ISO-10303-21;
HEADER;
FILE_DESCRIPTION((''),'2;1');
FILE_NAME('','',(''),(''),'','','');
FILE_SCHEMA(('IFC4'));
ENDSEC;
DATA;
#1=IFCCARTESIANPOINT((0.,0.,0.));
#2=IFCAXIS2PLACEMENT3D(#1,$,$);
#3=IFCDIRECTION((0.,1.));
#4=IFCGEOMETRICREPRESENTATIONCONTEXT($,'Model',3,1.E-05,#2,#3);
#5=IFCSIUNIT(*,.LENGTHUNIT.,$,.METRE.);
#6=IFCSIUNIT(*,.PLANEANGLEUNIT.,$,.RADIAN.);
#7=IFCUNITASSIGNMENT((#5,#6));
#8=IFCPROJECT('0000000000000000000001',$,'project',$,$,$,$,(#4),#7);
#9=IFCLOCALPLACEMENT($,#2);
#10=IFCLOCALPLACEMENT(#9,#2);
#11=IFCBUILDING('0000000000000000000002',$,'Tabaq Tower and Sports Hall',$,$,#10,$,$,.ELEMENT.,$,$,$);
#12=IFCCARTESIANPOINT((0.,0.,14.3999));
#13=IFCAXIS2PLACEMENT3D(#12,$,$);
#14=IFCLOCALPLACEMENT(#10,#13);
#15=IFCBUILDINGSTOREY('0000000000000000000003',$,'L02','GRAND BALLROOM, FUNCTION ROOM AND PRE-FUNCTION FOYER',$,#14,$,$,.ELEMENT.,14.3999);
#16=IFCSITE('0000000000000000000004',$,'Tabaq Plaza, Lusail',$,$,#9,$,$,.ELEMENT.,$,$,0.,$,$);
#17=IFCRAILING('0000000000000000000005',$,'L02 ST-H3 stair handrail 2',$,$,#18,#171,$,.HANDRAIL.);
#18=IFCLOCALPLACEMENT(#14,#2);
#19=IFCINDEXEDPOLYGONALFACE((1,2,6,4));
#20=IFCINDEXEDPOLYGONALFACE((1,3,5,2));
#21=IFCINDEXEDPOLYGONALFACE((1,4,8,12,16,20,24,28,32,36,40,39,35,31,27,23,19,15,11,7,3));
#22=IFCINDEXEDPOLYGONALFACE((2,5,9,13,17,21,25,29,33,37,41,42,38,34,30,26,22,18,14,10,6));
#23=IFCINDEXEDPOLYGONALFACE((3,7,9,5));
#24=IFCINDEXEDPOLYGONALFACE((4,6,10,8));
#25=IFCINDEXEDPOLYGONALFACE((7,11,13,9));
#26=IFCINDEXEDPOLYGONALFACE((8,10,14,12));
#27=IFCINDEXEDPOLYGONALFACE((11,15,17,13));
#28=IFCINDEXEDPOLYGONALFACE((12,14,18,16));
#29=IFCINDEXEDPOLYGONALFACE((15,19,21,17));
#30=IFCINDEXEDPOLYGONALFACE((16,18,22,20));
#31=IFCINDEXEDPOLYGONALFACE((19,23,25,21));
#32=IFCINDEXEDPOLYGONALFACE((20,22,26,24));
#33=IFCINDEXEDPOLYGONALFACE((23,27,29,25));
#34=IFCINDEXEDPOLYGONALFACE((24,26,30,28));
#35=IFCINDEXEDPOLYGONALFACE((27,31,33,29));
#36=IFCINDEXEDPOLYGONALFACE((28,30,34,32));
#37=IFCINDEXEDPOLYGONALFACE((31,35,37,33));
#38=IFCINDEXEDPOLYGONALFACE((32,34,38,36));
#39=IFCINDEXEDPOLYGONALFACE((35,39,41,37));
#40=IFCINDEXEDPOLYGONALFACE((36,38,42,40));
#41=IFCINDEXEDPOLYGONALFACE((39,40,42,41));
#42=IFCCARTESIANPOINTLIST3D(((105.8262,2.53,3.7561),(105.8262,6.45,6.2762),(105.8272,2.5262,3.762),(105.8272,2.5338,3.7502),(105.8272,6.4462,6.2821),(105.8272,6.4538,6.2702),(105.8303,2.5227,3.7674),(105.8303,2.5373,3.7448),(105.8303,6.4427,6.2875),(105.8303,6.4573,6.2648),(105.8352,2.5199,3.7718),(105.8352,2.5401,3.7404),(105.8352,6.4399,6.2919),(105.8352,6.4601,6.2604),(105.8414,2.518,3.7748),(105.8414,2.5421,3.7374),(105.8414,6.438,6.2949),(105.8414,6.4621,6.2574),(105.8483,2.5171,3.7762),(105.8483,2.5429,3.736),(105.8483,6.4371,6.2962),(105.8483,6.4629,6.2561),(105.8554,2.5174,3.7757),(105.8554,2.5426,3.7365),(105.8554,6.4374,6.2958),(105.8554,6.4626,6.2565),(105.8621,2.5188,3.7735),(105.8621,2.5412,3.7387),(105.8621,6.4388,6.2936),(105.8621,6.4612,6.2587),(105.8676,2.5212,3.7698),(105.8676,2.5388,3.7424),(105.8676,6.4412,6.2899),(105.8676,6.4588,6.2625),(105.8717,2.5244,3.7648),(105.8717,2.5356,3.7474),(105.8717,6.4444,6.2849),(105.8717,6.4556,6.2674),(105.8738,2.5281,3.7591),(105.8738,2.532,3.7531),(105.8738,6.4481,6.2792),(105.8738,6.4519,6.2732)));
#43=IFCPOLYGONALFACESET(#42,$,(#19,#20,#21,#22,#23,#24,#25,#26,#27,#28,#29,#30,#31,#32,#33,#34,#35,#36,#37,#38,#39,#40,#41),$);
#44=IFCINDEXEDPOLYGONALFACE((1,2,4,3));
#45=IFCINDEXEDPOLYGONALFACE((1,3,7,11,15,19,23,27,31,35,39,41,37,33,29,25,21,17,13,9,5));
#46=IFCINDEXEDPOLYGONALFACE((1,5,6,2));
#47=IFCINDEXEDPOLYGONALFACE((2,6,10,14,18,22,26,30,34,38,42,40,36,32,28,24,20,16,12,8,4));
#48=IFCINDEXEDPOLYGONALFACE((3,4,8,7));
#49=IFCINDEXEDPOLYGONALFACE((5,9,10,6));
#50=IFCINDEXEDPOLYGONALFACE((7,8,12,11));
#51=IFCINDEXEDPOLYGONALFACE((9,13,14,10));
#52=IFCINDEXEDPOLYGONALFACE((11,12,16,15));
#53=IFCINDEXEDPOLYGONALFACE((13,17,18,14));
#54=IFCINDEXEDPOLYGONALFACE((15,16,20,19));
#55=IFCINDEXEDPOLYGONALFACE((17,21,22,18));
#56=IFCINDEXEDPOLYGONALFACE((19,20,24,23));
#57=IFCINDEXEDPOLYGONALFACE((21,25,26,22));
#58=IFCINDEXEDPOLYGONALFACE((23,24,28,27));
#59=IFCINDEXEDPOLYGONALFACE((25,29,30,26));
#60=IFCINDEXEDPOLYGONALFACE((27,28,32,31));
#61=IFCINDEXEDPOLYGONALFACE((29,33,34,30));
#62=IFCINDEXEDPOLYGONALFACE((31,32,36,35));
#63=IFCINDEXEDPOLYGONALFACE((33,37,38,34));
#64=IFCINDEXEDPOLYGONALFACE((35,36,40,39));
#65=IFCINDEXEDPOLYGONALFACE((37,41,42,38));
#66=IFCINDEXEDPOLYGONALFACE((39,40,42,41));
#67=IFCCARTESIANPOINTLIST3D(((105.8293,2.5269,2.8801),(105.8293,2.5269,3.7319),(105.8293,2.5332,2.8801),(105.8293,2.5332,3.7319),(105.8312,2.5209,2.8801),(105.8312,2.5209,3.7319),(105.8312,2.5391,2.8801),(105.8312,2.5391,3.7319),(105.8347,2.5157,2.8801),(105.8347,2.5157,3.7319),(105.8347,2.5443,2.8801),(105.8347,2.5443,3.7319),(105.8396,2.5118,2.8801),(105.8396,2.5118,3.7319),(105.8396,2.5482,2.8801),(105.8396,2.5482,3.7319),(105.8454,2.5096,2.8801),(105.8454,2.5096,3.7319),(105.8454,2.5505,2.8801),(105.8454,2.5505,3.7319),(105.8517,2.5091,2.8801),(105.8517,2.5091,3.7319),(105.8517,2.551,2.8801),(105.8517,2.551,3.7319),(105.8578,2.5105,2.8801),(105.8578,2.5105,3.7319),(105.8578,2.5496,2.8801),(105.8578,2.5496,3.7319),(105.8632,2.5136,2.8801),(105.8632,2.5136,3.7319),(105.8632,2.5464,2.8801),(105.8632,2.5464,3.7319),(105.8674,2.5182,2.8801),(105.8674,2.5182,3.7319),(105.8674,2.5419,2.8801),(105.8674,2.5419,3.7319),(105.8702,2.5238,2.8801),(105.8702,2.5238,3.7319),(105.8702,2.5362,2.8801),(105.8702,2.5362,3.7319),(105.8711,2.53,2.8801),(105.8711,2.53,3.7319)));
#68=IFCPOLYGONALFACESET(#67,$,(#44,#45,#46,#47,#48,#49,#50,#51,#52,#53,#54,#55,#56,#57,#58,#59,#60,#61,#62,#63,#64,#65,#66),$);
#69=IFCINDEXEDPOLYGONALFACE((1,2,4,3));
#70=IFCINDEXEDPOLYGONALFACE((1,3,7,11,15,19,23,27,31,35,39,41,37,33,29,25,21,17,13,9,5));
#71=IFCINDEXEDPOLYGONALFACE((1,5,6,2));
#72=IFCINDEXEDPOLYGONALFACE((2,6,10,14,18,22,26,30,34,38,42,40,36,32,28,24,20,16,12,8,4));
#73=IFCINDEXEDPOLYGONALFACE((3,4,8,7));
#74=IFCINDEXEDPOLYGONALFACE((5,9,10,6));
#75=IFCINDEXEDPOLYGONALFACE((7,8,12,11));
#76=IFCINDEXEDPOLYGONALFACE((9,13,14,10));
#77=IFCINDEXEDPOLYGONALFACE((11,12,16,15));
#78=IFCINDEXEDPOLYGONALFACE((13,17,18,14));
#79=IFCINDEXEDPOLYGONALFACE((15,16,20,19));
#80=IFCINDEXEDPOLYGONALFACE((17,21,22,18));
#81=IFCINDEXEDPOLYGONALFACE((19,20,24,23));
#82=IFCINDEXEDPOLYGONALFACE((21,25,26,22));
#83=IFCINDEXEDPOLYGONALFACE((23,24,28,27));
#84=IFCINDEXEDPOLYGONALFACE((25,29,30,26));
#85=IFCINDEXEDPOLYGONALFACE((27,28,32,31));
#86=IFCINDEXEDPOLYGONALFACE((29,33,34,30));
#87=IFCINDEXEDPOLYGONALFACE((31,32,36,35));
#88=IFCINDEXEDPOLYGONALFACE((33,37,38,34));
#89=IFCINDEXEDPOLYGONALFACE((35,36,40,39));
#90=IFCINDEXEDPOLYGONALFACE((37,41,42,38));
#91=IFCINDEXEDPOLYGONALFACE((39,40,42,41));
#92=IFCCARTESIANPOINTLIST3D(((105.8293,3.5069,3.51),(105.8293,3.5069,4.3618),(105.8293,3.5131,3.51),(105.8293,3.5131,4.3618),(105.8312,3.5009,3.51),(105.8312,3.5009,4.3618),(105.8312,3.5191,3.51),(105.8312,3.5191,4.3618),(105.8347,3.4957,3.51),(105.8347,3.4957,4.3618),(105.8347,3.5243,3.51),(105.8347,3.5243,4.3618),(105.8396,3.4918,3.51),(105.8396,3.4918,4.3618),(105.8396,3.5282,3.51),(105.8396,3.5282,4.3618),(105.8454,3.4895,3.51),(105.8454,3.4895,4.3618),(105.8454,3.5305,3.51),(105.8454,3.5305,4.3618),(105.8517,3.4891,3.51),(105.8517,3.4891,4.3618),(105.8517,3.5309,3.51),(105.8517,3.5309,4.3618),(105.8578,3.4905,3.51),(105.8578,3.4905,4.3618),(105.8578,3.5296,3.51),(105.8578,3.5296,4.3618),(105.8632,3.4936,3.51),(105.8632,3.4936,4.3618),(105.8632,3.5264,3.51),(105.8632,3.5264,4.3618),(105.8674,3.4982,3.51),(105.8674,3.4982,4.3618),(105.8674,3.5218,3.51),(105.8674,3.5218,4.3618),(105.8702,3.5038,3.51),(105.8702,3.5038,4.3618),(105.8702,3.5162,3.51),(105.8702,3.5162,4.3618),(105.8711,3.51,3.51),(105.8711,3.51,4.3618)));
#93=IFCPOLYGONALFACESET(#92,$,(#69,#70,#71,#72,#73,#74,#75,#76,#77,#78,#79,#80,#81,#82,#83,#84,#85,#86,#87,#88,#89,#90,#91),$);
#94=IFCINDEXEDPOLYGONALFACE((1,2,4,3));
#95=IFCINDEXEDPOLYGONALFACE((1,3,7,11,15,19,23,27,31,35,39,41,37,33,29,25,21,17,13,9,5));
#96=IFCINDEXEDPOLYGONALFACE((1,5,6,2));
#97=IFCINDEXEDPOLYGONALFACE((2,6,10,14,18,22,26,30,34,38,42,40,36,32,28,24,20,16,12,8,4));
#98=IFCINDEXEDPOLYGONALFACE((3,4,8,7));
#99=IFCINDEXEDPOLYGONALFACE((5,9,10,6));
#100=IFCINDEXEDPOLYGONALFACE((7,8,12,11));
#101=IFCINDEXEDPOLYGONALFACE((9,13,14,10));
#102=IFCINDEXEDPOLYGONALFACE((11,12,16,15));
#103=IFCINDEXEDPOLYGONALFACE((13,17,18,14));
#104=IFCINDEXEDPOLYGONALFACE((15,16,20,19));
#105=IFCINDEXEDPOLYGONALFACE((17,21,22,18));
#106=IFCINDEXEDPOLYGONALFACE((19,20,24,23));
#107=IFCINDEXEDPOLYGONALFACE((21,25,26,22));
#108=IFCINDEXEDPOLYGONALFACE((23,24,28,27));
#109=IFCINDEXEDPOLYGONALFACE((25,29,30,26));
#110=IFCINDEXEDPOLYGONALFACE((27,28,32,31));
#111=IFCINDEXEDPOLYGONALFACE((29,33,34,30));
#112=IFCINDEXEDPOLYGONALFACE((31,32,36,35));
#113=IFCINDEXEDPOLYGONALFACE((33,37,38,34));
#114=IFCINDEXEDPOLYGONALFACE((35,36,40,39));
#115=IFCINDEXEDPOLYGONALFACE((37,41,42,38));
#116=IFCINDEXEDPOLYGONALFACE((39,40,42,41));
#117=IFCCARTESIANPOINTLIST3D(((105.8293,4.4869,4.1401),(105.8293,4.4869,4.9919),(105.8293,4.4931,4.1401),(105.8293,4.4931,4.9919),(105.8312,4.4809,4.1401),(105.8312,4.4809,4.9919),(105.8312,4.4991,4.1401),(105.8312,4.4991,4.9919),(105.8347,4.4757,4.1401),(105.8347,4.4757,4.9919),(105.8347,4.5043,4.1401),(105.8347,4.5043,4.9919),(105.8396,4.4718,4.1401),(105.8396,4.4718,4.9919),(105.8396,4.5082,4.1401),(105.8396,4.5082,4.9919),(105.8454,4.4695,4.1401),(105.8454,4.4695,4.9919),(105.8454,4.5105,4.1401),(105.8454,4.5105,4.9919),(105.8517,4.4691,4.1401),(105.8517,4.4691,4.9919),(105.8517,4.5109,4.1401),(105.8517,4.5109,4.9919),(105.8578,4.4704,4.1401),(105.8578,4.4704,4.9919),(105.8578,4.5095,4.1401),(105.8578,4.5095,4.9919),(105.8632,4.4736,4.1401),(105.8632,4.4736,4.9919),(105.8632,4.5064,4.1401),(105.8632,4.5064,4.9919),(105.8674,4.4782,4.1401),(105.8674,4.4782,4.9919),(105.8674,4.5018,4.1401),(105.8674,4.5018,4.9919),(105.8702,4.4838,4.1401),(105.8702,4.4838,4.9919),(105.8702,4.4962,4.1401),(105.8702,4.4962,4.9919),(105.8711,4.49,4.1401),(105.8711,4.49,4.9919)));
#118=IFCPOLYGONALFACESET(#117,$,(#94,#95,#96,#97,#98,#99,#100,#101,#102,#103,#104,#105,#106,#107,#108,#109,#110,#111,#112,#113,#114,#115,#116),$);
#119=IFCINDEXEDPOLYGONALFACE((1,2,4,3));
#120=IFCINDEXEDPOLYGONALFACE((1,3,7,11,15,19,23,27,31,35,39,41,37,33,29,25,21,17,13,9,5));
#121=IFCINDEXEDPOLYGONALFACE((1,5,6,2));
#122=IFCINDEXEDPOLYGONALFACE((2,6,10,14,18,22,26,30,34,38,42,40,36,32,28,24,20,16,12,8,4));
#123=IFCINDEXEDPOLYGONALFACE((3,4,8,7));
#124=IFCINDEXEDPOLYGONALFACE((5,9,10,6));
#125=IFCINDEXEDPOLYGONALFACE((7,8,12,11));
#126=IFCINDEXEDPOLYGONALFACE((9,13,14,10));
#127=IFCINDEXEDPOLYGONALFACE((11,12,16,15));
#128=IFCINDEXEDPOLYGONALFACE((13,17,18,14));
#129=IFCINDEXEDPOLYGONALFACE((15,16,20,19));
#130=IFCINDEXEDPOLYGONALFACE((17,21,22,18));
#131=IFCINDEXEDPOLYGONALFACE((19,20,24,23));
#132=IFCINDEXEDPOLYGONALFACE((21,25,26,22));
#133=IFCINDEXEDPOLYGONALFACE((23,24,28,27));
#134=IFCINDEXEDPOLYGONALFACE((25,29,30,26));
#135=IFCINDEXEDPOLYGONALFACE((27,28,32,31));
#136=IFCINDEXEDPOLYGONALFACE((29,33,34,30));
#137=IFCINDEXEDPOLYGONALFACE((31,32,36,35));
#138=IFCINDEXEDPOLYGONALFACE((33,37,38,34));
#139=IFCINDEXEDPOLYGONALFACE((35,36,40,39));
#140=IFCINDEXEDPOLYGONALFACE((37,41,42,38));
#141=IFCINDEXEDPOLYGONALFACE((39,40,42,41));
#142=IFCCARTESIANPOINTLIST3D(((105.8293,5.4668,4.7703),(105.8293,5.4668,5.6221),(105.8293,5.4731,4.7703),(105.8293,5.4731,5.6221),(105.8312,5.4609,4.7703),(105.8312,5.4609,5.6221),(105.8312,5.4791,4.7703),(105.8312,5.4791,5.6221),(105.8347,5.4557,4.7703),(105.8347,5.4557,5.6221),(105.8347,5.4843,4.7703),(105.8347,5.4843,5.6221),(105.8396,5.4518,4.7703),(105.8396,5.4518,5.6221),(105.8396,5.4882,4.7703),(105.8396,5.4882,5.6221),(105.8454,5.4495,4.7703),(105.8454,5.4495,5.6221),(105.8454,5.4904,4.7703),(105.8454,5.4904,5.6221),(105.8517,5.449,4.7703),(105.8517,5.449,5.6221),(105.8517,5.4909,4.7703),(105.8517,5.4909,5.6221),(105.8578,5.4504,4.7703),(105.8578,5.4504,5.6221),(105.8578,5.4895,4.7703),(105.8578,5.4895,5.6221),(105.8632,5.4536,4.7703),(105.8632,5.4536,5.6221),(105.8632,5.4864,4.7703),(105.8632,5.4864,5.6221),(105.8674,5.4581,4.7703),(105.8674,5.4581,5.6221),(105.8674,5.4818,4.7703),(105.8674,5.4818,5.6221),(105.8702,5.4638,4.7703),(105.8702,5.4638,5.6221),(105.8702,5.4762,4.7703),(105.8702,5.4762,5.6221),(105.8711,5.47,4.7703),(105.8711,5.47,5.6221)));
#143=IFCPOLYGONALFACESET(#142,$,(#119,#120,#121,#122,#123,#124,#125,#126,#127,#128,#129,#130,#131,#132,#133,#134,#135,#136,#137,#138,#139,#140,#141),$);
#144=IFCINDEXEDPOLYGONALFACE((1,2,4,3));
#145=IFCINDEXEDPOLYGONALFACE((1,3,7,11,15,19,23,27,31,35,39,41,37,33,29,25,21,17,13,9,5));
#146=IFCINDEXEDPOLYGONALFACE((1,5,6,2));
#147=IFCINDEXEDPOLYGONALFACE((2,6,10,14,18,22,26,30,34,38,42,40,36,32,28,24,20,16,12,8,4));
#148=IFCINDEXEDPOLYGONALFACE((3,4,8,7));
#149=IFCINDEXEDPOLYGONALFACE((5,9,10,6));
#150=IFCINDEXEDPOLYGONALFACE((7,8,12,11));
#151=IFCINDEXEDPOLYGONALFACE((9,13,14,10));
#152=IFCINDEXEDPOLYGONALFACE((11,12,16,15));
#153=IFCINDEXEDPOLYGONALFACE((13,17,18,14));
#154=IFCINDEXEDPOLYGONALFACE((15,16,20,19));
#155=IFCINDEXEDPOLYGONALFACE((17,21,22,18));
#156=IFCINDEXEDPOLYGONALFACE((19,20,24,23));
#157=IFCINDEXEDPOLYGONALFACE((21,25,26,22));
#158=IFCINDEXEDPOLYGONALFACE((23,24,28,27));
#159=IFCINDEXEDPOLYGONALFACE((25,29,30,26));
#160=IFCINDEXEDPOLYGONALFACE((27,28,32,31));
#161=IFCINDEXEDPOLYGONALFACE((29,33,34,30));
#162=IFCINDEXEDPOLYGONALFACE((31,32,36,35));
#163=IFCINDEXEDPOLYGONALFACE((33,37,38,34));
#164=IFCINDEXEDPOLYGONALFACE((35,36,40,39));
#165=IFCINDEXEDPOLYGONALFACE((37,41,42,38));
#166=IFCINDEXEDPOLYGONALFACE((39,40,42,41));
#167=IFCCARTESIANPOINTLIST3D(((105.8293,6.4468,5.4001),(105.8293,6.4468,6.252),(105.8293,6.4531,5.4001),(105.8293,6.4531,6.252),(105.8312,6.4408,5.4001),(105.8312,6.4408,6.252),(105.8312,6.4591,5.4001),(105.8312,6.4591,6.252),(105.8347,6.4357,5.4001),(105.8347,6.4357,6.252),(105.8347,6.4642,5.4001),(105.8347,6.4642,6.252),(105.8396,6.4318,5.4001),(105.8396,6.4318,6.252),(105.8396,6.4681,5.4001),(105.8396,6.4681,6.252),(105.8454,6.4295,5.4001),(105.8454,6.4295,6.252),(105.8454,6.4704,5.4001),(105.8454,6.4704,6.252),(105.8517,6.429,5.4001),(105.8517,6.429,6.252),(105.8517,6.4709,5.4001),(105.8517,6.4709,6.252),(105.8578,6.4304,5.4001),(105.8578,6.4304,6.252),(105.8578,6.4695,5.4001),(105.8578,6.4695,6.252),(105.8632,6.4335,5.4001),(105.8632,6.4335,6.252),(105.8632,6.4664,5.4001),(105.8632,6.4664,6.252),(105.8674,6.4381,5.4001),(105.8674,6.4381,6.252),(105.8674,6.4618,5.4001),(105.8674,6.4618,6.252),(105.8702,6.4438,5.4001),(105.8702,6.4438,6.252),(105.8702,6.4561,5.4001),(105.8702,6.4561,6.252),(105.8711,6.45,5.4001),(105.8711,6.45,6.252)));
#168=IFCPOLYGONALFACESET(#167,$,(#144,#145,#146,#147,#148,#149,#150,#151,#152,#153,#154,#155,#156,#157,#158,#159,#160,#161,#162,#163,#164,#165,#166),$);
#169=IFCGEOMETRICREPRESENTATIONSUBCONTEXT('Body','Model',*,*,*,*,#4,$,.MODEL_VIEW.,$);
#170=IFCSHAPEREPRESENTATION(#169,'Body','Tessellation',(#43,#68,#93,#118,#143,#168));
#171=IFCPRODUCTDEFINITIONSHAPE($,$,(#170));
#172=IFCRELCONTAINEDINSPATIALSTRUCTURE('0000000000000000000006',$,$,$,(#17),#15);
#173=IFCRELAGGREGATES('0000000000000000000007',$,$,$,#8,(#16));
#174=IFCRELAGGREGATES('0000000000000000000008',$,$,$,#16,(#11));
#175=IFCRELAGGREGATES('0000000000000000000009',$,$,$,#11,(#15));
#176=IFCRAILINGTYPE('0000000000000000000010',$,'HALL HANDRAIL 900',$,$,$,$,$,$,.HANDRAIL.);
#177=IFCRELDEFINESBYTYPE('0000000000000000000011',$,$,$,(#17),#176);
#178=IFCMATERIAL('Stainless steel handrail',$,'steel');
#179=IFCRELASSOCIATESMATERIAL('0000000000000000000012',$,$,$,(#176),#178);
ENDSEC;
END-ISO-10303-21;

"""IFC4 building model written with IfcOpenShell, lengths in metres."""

from ifc_helpers import new_model, si_unit, direction, frame, origin, origin_2d, place, context, subcontext, project, spatial, circle, extrude, material, type_object, element, save


model = new_model("IFC4")

# Units and contexts
model_context = context("Model", 3, precision=1e-05, world=origin(), true_north=direction((0.0, 1.0)))
body_context = subcontext(model_context, "Body", "Model", "MODEL_VIEW")
ifc_project = project(units=[si_unit("LENGTHUNIT", "METRE"), si_unit("PLANEANGLEUNIT", "RADIAN")], contexts=[model_context])

# Site, building, storey
site_placement = place(None, origin())
site = spatial("IfcSite", under=ifc_project, at=site_placement, Name="Tabaq Plaza, Lusail", CompositionType="ELEMENT", RefElevation=0.0)
building_placement = place(site_placement, origin())
building = spatial("IfcBuilding", under=site, at=building_placement, Name="Tabaq Tower and Sports Hall", CompositionType="ELEMENT")
storey_placement = place(building_placement, frame((0.0, 0.0, 14.3999)))
storey = spatial("IfcBuildingStorey", under=building, at=storey_placement, Name="L02", Description="GRAND BALLROOM, FUNCTION ROOM AND PRE-FUNCTION FOYER", CompositionType="ELEMENT", Elevation=14.3999)

# Railing
ifc_material_1 = material(Name="Stainless steel handrail", Category="steel")
railing_type_1 = type_object("IfcRailingType", Name="HALL HANDRAIL 900", PredefinedType="HANDRAIL", material=ifc_material_1)
railing_1_placement = place(storey_placement, frame((105.8501, 2.53, 2.8801)))
element("IfcRailing", 1, at=railing_1_placement, inside=storey, type_object=railing_type_1, Name="L02 ST-H3 stair handrail 2", PredefinedType="HANDRAIL", context=body_context, shape_type="SweptSolid", body=[
    extrude(circle(Radius=0.0239, at=origin_2d()), frame((0.0, 0.0, 0.876), z_axis=(0.0, 0.841172, 0.540768), x_axis=(-1.0, 0.0, 0.0)), (0.0, 0.0, 1.0), 4.6602),
    extrude(circle(Radius=0.021, at=origin_2d()), origin(), (0.0, 0.0, 1.0), 0.8518),
    extrude(circle(Radius=0.021, at=origin_2d()), frame((0.0, 0.98, 0.6299)), (0.0, 0.0, 1.0), 0.8518),
    extrude(circle(Radius=0.021, at=origin_2d()), frame((0.0, 1.96, 1.26)), (0.0, 0.0, 1.0), 0.8518),
    extrude(circle(Radius=0.021, at=origin_2d()), frame((0.0, 2.9399, 1.8901)), (0.0, 0.0, 1.0), 0.8518),
    extrude(circle(Radius=0.021, at=origin_2d()), frame((0.0, 3.9199, 2.52)), (0.0, 0.0, 1.0), 0.8518),
])

save(model, "model.ifc")
